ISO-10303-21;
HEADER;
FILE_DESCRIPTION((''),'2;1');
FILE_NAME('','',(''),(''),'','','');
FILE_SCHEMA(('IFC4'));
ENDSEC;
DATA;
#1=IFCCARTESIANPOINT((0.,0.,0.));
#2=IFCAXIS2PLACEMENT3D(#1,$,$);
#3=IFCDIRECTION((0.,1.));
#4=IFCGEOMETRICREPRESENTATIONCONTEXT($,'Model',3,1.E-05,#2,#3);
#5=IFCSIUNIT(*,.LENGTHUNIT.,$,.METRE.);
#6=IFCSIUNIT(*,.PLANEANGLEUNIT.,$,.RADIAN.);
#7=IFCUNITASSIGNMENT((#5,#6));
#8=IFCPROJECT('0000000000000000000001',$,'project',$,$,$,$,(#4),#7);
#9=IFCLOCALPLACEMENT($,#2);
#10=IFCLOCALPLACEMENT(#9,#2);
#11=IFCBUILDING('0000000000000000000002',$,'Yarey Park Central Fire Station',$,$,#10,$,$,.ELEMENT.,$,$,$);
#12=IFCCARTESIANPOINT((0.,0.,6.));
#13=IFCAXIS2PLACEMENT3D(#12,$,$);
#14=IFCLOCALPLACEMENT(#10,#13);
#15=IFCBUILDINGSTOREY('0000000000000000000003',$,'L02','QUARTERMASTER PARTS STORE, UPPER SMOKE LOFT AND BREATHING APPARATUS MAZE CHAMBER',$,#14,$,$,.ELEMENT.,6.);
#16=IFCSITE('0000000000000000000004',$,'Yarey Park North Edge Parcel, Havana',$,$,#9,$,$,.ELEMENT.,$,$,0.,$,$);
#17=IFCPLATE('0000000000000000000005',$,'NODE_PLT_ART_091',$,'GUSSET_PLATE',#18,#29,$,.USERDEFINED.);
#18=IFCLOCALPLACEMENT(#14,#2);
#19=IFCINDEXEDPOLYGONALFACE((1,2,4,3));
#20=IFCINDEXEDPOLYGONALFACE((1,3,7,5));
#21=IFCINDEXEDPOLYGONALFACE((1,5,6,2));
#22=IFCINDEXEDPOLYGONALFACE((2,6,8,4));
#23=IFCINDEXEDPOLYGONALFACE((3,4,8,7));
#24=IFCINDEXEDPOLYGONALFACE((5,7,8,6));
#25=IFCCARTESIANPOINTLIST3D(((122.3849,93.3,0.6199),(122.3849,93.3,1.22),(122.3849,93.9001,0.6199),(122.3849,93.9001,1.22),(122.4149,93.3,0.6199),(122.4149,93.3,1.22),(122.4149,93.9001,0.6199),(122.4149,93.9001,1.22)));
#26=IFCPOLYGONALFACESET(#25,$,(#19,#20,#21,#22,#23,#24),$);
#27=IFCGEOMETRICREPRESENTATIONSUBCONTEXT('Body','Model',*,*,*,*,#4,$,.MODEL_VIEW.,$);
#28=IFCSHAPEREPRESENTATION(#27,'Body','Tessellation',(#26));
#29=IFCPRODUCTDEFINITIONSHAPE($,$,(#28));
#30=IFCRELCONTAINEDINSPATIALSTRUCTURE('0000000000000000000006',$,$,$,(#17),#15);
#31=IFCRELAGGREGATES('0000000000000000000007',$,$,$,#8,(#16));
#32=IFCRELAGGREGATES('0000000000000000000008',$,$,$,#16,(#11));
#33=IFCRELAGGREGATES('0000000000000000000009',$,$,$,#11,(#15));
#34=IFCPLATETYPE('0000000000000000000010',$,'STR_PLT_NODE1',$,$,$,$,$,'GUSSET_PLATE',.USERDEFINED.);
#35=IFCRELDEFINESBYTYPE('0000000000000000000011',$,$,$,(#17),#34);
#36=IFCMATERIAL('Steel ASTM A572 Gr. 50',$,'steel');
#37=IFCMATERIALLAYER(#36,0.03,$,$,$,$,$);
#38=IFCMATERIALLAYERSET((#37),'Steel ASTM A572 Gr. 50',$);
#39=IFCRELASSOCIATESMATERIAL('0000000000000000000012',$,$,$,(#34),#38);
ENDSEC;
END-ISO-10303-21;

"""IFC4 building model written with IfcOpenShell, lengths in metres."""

from ifc_helpers import new_model, si_unit, direction, frame, origin, origin_2d, place, context, subcontext, project, spatial, rectangle, extrude, material, layer, layer_set, type_object, element, save


model = new_model("IFC4")

# Units and contexts
model_context = context("Model", 3, precision=1e-05, world=origin(), true_north=direction((0.0, 1.0)))
body_context = subcontext(model_context, "Body", "Model", "MODEL_VIEW")
ifc_project = project(units=[si_unit("LENGTHUNIT", "METRE"), si_unit("PLANEANGLEUNIT", "RADIAN")], contexts=[model_context])

# Site, building, storey
site_placement = place(None, origin())
site = spatial("IfcSite", under=ifc_project, at=site_placement, Name="Yarey Park North Edge Parcel, Havana", CompositionType="ELEMENT", RefElevation=0.0)
building_placement = place(site_placement, origin())
building = spatial("IfcBuilding", under=site, at=building_placement, Name="Yarey Park Central Fire Station", CompositionType="ELEMENT")
storey_placement = place(building_placement, frame((0.0, 0.0, 6.0)))
storey = spatial("IfcBuildingStorey", under=building, at=storey_placement, Name="L02", Description="QUARTERMASTER PARTS STORE, UPPER SMOKE LOFT AND BREATHING APPARATUS MAZE CHAMBER", CompositionType="ELEMENT", Elevation=6.0)

# Plate
ifc_material_1 = material(Name="Steel ASTM A572 Gr. 50", Category="steel")
ifc_layer_1 = layer(ifc_material_1, 0.03)
ifc_layer_set_1 = layer_set([ifc_layer_1], Name="Steel ASTM A572 Gr. 50")
plate_type_1 = type_object("IfcPlateType", Name="STR_PLT_NODE1", ElementType="GUSSET_PLATE", PredefinedType="USERDEFINED", material=ifc_layer_set_1)
plate_1_placement = place(storey_placement, frame((122.3999, 93.6001, 0.6199), z_axis=(0.0, 0.0, 1.0), x_axis=(1.0, 0.0, 0.0)))
element("IfcPlate", 1, at=plate_1_placement, inside=storey, type_object=plate_type_1, Name="NODE_PLT_ART_091", ObjectType="GUSSET_PLATE", PredefinedType="USERDEFINED", context=body_context, shape_type="SweptSolid", body=[
    extrude(rectangle(XDim=0.03, YDim=0.6001, at=origin_2d()), origin(), (0.0, 0.0, 1.0), 0.6001),
])

save(model, "model.ifc")
